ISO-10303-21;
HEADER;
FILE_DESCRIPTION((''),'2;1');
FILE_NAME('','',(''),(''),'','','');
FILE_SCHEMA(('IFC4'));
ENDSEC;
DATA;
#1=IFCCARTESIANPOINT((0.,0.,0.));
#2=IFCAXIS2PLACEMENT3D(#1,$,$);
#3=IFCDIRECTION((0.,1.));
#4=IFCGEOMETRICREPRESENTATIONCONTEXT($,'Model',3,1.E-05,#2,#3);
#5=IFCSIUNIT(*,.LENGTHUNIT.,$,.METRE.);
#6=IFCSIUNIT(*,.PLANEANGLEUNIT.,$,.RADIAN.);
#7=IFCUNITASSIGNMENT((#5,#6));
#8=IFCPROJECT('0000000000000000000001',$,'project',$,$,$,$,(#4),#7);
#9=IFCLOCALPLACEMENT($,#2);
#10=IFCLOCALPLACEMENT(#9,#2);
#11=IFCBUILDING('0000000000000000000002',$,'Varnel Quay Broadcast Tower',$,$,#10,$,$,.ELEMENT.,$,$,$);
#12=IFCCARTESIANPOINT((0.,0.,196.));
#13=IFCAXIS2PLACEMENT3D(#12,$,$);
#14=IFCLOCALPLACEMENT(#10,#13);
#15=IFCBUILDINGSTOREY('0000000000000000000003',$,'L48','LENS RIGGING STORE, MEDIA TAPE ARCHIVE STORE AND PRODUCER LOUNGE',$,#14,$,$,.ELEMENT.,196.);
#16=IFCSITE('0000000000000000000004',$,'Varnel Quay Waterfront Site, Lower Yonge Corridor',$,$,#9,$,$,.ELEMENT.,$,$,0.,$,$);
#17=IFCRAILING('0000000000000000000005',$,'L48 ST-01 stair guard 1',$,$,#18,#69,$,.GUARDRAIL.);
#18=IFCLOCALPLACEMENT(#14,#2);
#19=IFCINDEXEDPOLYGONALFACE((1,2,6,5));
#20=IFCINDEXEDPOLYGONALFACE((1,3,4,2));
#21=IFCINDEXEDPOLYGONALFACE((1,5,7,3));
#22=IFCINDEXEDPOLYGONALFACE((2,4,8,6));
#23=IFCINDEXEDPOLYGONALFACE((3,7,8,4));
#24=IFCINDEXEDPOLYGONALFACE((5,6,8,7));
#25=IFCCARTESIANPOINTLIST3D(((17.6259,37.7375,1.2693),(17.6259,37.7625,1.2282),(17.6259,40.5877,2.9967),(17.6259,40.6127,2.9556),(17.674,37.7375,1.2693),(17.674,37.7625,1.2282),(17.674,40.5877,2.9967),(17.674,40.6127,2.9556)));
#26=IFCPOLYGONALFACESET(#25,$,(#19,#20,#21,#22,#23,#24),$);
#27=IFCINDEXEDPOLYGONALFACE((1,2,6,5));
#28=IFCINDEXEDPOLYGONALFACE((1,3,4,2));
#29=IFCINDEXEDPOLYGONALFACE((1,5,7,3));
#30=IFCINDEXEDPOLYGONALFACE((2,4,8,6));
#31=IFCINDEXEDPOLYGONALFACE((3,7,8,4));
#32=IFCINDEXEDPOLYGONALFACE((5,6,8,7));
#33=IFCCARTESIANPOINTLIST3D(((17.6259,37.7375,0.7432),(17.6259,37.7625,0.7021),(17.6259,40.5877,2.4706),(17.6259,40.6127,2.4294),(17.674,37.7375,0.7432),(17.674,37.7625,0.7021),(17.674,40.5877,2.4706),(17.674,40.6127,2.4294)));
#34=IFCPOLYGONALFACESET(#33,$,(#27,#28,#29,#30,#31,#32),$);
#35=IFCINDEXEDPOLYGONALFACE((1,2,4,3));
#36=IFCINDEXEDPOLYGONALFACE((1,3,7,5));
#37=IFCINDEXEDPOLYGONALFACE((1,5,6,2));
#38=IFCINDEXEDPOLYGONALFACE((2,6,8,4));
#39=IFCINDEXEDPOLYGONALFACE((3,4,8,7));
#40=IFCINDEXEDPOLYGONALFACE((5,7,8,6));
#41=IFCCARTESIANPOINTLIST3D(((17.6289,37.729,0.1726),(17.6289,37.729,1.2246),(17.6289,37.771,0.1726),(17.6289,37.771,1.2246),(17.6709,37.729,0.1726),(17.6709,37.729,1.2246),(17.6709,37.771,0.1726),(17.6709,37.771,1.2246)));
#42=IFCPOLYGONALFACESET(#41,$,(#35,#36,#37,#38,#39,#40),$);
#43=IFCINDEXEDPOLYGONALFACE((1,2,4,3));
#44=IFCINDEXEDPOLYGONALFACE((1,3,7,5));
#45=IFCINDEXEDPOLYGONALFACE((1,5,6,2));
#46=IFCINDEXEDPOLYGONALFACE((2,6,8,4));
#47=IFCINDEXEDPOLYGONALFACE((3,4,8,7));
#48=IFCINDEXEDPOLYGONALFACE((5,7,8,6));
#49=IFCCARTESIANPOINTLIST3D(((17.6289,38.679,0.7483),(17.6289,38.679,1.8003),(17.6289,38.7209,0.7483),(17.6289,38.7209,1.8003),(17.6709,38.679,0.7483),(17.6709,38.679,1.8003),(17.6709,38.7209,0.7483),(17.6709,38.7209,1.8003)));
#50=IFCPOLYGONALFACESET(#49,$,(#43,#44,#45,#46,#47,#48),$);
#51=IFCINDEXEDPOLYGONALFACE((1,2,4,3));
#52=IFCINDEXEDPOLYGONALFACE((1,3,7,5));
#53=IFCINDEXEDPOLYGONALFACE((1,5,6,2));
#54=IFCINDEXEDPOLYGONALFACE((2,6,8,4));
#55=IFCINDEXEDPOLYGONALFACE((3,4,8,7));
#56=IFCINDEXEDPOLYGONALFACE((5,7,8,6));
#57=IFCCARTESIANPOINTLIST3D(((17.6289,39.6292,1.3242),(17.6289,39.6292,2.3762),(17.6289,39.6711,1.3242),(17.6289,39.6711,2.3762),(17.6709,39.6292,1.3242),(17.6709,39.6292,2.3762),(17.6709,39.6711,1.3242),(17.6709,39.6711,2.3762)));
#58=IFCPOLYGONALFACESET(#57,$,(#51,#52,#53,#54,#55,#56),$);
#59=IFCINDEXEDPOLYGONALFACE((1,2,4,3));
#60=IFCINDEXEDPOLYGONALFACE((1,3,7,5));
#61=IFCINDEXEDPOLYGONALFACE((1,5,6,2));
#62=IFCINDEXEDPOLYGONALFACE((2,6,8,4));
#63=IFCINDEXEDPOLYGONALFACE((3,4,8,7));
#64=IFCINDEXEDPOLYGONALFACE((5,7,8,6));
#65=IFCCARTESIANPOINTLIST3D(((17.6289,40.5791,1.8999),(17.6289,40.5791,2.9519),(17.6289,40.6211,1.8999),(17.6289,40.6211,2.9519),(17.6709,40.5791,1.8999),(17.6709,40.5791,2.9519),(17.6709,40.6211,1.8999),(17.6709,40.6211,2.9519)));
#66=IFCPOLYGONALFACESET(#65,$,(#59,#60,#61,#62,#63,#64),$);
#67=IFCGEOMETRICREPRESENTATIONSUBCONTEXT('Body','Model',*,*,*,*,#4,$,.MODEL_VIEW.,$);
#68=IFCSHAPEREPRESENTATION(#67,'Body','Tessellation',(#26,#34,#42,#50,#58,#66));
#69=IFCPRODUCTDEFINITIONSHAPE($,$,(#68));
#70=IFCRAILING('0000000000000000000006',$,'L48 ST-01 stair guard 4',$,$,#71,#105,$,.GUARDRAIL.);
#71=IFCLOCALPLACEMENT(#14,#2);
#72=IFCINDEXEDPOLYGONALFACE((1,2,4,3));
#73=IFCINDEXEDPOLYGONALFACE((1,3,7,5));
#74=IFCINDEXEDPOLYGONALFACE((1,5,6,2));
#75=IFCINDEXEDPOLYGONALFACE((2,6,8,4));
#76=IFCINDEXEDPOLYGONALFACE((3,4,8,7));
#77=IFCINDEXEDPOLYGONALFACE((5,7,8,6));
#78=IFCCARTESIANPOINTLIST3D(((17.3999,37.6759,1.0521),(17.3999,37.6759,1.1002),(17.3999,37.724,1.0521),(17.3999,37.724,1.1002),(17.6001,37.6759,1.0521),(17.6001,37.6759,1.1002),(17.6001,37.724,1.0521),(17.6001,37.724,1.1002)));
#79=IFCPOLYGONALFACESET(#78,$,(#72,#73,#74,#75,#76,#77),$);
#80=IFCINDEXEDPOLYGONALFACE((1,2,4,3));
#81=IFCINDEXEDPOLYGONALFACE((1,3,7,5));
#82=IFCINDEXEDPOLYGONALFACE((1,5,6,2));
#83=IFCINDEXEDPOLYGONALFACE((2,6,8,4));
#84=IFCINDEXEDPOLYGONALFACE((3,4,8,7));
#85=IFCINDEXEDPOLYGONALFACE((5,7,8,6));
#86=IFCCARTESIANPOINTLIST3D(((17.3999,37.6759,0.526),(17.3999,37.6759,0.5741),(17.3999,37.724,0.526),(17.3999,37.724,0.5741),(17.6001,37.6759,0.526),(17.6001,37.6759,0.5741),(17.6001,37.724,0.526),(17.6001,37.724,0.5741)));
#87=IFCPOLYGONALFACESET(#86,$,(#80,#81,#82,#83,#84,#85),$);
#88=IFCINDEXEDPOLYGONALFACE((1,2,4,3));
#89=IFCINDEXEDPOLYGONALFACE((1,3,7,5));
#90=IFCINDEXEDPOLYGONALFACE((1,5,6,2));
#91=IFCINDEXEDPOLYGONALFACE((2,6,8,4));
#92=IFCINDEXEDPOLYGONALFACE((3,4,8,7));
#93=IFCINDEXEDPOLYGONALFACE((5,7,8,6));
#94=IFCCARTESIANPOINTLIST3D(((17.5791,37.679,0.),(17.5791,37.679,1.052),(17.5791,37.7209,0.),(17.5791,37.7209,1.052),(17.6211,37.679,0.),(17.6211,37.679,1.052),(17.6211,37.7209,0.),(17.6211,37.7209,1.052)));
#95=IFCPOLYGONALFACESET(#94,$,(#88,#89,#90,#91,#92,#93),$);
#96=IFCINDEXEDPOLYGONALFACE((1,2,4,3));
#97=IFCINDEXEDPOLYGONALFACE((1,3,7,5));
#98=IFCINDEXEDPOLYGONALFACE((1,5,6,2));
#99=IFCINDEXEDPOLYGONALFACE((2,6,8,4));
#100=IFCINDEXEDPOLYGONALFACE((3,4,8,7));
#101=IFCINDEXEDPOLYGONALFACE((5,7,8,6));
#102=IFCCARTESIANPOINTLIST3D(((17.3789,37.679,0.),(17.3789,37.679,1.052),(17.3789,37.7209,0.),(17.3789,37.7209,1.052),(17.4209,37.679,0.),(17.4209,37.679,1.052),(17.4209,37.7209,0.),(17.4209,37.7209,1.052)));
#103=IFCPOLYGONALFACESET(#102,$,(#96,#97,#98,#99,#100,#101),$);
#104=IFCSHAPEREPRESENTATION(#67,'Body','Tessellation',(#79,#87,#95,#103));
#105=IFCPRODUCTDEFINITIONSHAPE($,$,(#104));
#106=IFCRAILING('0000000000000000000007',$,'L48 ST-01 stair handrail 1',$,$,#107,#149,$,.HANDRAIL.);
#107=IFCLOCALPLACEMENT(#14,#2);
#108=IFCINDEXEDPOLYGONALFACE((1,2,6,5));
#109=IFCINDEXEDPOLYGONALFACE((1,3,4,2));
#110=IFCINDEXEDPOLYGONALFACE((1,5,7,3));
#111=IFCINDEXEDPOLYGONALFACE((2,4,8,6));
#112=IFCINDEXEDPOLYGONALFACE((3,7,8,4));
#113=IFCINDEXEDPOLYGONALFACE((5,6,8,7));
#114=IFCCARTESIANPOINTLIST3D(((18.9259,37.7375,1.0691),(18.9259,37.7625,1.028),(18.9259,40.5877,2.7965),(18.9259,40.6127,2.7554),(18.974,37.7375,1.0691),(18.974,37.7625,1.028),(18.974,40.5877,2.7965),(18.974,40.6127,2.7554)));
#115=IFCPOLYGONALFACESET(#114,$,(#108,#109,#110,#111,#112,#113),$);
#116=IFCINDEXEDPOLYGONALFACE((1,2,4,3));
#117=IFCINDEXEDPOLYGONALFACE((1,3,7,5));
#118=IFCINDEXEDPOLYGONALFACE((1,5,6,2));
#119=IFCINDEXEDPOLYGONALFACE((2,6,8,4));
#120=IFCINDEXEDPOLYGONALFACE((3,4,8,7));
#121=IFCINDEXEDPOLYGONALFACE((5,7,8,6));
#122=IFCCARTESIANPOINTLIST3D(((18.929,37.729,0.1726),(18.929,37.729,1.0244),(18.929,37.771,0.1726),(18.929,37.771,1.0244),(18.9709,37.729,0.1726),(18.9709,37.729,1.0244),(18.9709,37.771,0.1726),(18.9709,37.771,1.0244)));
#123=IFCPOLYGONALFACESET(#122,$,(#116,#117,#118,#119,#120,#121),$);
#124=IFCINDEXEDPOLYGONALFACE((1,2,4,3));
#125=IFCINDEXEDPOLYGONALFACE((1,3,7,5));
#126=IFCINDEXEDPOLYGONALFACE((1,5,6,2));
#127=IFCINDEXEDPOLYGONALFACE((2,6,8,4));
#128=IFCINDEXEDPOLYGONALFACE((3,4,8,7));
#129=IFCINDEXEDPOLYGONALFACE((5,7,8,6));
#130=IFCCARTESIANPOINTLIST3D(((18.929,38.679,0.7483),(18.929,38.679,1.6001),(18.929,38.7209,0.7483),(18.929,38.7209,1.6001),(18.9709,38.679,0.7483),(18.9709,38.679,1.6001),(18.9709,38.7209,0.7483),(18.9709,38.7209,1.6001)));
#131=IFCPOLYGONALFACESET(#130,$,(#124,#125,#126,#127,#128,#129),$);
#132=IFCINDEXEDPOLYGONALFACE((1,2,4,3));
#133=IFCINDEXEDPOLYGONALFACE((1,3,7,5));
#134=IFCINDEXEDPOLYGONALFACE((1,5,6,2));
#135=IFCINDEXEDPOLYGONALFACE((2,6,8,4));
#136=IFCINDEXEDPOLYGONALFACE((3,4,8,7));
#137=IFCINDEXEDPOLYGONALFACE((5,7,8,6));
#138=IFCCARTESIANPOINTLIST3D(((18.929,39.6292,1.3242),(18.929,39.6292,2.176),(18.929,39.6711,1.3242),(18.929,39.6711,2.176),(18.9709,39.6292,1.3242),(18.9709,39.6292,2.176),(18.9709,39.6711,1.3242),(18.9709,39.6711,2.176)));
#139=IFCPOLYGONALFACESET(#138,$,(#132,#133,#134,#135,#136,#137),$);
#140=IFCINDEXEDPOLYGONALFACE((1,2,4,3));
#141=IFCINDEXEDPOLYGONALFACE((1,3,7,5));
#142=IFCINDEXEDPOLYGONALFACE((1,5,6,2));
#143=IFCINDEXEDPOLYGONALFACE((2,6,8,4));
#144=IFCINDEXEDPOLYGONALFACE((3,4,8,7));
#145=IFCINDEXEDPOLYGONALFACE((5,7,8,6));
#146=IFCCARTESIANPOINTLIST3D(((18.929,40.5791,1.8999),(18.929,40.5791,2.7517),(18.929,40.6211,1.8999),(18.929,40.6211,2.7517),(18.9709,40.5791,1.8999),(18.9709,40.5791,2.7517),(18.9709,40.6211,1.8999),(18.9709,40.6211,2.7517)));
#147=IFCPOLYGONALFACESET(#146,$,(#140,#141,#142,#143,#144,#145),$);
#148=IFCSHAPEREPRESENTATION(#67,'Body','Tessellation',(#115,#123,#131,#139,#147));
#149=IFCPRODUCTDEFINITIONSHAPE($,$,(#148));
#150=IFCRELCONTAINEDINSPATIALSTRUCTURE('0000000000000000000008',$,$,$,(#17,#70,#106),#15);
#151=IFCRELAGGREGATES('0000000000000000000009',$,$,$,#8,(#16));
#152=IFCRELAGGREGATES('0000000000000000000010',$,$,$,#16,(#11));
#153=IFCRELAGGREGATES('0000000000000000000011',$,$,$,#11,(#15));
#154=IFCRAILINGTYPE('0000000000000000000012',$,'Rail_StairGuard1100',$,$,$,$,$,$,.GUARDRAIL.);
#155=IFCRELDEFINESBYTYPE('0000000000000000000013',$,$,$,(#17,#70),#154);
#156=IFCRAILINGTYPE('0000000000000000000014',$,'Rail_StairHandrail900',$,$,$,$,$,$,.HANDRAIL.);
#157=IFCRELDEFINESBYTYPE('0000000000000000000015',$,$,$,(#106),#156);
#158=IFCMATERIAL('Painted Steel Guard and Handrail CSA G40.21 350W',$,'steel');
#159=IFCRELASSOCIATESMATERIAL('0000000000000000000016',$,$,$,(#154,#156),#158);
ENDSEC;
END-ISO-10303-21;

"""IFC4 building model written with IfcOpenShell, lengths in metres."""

from ifc_helpers import new_model, si_unit, direction, frame, origin, origin_2d, place, context, subcontext, project, spatial, rectangle, extrude, material, type_object, element, save


model = new_model("IFC4")

# Units and contexts
model_context = context("Model", 3, precision=1e-05, world=origin(), true_north=direction((0.0, 1.0)))
body_context = subcontext(model_context, "Body", "Model", "MODEL_VIEW")
ifc_project = project(units=[si_unit("LENGTHUNIT", "METRE"), si_unit("PLANEANGLEUNIT", "RADIAN")], contexts=[model_context])

# Site, building, storey
site_placement = place(None, origin())
site = spatial("IfcSite", under=ifc_project, at=site_placement, Name="Varnel Quay Waterfront Site, Lower Yonge Corridor", CompositionType="ELEMENT", RefElevation=0.0)
building_placement = place(site_placement, origin())
building = spatial("IfcBuilding", under=site, at=building_placement, Name="Varnel Quay Broadcast Tower", CompositionType="ELEMENT")
storey_placement = place(building_placement, frame((0.0, 0.0, 196.0)))
storey = spatial("IfcBuildingStorey", under=building, at=storey_placement, Name="L48", Description="LENS RIGGING STORE, MEDIA TAPE ARCHIVE STORE AND PRODUCER LOUNGE", CompositionType="ELEMENT", Elevation=196.0)

# Railings
ifc_material_1 = material(Name="Painted Steel Guard and Handrail CSA G40.21 350W", Category="steel")
railing_type_1 = type_object("IfcRailingType", Name="Rail_StairGuard1100", PredefinedType="GUARDRAIL", material=ifc_material_1)
railing_1_placement = place(storey_placement, frame((17.6499, 37.75, 0.1726)))
element("IfcRailing", 1, at=railing_1_placement, inside=storey, type_object=railing_type_1, Name="L48 ST-01 stair guard 1", PredefinedType="GUARDRAIL", context=body_context, shape_type="SweptSolid", body=[
    extrude(rectangle(XDim=0.0481, YDim=0.0481, at=origin_2d()), frame((0.0, 0.0, 1.0762), z_axis=(0.0, 0.855203, 0.518294), x_axis=(-1.0, 0.0, 0.0)), (0.0, 0.0, 1.0), 3.3328),
    extrude(rectangle(XDim=0.0481, YDim=0.0481, at=origin_2d()), frame((0.0, 0.0, 0.55), z_axis=(0.0, 0.855203, 0.518294), x_axis=(-1.0, 0.0, 0.0)), (0.0, 0.0, 1.0), 3.3328),
    extrude(rectangle(XDim=0.042, YDim=0.042, at=origin_2d()), origin(), (0.0, 0.0, 1.0), 1.052),
    extrude(rectangle(XDim=0.042, YDim=0.042, at=origin_2d()), frame((0.0, 0.95, 0.5757)), (0.0, 0.0, 1.0), 1.052),
    extrude(rectangle(XDim=0.042, YDim=0.042, at=origin_2d()), frame((0.0, 1.9001, 1.1516)), (0.0, 0.0, 1.0), 1.052),
    extrude(rectangle(XDim=0.042, YDim=0.042, at=origin_2d()), frame((0.0, 2.8501, 1.7273)), (0.0, 0.0, 1.0), 1.052),
])
railing_2_placement = place(storey_placement, frame((17.6001, 37.7, 0.0)))
element("IfcRailing", 2, at=railing_2_placement, inside=storey, type_object=railing_type_1, Name="L48 ST-01 stair guard 4", PredefinedType="GUARDRAIL", context=body_context, shape_type="SweptSolid", body=[
    extrude(rectangle(XDim=0.0481, YDim=0.0481, at=origin_2d()), frame((0.0, 0.0, 1.0762), z_axis=(-1.0, 0.0, 0.0), x_axis=(0.0, -1.0, 0.0)), (0.0, 0.0, 1.0), 0.2002),
    extrude(rectangle(XDim=0.0481, YDim=0.0481, at=origin_2d()), frame((0.0, 0.0, 0.55), z_axis=(-1.0, 0.0, 0.0), x_axis=(0.0, -1.0, 0.0)), (0.0, 0.0, 1.0), 0.2002),
    extrude(rectangle(XDim=0.042, YDim=0.042, at=origin_2d()), origin(), (0.0, 0.0, 1.0), 1.052),
    extrude(rectangle(XDim=0.042, YDim=0.042, at=origin_2d()), frame((-0.2002, 0.0, 0.0)), (0.0, 0.0, 1.0), 1.052),
])
railing_type_2 = type_object("IfcRailingType", Name="Rail_StairHandrail900", PredefinedType="HANDRAIL", material=ifc_material_1)
railing_3_placement = place(storey_placement, frame((18.95, 37.75, 0.1726)))
element("IfcRailing", 3, at=railing_3_placement, inside=storey, type_object=railing_type_2, Name="L48 ST-01 stair handrail 1", PredefinedType="HANDRAIL", context=body_context, shape_type="SweptSolid", body=[
    extrude(rectangle(XDim=0.0481, YDim=0.0481, at=origin_2d()), frame((0.0, 0.0, 0.876), z_axis=(0.0, 0.855203, 0.518294), x_axis=(-1.0, 0.0, 0.0)), (0.0, 0.0, 1.0), 3.3328),
    extrude(rectangle(XDim=0.042, YDim=0.042, at=origin_2d()), origin(), (0.0, 0.0, 1.0), 0.8518),
    extrude(rectangle(XDim=0.042, YDim=0.042, at=origin_2d()), frame((0.0, 0.95, 0.5757)), (0.0, 0.0, 1.0), 0.8518),
    extrude(rectangle(XDim=0.042, YDim=0.042, at=origin_2d()), frame((0.0, 1.9001, 1.1516)), (0.0, 0.0, 1.0), 0.8518),
    extrude(rectangle(XDim=0.042, YDim=0.042, at=origin_2d()), frame((0.0, 2.8501, 1.7273)), (0.0, 0.0, 1.0), 0.8518),
])

save(model, "model.ifc")
